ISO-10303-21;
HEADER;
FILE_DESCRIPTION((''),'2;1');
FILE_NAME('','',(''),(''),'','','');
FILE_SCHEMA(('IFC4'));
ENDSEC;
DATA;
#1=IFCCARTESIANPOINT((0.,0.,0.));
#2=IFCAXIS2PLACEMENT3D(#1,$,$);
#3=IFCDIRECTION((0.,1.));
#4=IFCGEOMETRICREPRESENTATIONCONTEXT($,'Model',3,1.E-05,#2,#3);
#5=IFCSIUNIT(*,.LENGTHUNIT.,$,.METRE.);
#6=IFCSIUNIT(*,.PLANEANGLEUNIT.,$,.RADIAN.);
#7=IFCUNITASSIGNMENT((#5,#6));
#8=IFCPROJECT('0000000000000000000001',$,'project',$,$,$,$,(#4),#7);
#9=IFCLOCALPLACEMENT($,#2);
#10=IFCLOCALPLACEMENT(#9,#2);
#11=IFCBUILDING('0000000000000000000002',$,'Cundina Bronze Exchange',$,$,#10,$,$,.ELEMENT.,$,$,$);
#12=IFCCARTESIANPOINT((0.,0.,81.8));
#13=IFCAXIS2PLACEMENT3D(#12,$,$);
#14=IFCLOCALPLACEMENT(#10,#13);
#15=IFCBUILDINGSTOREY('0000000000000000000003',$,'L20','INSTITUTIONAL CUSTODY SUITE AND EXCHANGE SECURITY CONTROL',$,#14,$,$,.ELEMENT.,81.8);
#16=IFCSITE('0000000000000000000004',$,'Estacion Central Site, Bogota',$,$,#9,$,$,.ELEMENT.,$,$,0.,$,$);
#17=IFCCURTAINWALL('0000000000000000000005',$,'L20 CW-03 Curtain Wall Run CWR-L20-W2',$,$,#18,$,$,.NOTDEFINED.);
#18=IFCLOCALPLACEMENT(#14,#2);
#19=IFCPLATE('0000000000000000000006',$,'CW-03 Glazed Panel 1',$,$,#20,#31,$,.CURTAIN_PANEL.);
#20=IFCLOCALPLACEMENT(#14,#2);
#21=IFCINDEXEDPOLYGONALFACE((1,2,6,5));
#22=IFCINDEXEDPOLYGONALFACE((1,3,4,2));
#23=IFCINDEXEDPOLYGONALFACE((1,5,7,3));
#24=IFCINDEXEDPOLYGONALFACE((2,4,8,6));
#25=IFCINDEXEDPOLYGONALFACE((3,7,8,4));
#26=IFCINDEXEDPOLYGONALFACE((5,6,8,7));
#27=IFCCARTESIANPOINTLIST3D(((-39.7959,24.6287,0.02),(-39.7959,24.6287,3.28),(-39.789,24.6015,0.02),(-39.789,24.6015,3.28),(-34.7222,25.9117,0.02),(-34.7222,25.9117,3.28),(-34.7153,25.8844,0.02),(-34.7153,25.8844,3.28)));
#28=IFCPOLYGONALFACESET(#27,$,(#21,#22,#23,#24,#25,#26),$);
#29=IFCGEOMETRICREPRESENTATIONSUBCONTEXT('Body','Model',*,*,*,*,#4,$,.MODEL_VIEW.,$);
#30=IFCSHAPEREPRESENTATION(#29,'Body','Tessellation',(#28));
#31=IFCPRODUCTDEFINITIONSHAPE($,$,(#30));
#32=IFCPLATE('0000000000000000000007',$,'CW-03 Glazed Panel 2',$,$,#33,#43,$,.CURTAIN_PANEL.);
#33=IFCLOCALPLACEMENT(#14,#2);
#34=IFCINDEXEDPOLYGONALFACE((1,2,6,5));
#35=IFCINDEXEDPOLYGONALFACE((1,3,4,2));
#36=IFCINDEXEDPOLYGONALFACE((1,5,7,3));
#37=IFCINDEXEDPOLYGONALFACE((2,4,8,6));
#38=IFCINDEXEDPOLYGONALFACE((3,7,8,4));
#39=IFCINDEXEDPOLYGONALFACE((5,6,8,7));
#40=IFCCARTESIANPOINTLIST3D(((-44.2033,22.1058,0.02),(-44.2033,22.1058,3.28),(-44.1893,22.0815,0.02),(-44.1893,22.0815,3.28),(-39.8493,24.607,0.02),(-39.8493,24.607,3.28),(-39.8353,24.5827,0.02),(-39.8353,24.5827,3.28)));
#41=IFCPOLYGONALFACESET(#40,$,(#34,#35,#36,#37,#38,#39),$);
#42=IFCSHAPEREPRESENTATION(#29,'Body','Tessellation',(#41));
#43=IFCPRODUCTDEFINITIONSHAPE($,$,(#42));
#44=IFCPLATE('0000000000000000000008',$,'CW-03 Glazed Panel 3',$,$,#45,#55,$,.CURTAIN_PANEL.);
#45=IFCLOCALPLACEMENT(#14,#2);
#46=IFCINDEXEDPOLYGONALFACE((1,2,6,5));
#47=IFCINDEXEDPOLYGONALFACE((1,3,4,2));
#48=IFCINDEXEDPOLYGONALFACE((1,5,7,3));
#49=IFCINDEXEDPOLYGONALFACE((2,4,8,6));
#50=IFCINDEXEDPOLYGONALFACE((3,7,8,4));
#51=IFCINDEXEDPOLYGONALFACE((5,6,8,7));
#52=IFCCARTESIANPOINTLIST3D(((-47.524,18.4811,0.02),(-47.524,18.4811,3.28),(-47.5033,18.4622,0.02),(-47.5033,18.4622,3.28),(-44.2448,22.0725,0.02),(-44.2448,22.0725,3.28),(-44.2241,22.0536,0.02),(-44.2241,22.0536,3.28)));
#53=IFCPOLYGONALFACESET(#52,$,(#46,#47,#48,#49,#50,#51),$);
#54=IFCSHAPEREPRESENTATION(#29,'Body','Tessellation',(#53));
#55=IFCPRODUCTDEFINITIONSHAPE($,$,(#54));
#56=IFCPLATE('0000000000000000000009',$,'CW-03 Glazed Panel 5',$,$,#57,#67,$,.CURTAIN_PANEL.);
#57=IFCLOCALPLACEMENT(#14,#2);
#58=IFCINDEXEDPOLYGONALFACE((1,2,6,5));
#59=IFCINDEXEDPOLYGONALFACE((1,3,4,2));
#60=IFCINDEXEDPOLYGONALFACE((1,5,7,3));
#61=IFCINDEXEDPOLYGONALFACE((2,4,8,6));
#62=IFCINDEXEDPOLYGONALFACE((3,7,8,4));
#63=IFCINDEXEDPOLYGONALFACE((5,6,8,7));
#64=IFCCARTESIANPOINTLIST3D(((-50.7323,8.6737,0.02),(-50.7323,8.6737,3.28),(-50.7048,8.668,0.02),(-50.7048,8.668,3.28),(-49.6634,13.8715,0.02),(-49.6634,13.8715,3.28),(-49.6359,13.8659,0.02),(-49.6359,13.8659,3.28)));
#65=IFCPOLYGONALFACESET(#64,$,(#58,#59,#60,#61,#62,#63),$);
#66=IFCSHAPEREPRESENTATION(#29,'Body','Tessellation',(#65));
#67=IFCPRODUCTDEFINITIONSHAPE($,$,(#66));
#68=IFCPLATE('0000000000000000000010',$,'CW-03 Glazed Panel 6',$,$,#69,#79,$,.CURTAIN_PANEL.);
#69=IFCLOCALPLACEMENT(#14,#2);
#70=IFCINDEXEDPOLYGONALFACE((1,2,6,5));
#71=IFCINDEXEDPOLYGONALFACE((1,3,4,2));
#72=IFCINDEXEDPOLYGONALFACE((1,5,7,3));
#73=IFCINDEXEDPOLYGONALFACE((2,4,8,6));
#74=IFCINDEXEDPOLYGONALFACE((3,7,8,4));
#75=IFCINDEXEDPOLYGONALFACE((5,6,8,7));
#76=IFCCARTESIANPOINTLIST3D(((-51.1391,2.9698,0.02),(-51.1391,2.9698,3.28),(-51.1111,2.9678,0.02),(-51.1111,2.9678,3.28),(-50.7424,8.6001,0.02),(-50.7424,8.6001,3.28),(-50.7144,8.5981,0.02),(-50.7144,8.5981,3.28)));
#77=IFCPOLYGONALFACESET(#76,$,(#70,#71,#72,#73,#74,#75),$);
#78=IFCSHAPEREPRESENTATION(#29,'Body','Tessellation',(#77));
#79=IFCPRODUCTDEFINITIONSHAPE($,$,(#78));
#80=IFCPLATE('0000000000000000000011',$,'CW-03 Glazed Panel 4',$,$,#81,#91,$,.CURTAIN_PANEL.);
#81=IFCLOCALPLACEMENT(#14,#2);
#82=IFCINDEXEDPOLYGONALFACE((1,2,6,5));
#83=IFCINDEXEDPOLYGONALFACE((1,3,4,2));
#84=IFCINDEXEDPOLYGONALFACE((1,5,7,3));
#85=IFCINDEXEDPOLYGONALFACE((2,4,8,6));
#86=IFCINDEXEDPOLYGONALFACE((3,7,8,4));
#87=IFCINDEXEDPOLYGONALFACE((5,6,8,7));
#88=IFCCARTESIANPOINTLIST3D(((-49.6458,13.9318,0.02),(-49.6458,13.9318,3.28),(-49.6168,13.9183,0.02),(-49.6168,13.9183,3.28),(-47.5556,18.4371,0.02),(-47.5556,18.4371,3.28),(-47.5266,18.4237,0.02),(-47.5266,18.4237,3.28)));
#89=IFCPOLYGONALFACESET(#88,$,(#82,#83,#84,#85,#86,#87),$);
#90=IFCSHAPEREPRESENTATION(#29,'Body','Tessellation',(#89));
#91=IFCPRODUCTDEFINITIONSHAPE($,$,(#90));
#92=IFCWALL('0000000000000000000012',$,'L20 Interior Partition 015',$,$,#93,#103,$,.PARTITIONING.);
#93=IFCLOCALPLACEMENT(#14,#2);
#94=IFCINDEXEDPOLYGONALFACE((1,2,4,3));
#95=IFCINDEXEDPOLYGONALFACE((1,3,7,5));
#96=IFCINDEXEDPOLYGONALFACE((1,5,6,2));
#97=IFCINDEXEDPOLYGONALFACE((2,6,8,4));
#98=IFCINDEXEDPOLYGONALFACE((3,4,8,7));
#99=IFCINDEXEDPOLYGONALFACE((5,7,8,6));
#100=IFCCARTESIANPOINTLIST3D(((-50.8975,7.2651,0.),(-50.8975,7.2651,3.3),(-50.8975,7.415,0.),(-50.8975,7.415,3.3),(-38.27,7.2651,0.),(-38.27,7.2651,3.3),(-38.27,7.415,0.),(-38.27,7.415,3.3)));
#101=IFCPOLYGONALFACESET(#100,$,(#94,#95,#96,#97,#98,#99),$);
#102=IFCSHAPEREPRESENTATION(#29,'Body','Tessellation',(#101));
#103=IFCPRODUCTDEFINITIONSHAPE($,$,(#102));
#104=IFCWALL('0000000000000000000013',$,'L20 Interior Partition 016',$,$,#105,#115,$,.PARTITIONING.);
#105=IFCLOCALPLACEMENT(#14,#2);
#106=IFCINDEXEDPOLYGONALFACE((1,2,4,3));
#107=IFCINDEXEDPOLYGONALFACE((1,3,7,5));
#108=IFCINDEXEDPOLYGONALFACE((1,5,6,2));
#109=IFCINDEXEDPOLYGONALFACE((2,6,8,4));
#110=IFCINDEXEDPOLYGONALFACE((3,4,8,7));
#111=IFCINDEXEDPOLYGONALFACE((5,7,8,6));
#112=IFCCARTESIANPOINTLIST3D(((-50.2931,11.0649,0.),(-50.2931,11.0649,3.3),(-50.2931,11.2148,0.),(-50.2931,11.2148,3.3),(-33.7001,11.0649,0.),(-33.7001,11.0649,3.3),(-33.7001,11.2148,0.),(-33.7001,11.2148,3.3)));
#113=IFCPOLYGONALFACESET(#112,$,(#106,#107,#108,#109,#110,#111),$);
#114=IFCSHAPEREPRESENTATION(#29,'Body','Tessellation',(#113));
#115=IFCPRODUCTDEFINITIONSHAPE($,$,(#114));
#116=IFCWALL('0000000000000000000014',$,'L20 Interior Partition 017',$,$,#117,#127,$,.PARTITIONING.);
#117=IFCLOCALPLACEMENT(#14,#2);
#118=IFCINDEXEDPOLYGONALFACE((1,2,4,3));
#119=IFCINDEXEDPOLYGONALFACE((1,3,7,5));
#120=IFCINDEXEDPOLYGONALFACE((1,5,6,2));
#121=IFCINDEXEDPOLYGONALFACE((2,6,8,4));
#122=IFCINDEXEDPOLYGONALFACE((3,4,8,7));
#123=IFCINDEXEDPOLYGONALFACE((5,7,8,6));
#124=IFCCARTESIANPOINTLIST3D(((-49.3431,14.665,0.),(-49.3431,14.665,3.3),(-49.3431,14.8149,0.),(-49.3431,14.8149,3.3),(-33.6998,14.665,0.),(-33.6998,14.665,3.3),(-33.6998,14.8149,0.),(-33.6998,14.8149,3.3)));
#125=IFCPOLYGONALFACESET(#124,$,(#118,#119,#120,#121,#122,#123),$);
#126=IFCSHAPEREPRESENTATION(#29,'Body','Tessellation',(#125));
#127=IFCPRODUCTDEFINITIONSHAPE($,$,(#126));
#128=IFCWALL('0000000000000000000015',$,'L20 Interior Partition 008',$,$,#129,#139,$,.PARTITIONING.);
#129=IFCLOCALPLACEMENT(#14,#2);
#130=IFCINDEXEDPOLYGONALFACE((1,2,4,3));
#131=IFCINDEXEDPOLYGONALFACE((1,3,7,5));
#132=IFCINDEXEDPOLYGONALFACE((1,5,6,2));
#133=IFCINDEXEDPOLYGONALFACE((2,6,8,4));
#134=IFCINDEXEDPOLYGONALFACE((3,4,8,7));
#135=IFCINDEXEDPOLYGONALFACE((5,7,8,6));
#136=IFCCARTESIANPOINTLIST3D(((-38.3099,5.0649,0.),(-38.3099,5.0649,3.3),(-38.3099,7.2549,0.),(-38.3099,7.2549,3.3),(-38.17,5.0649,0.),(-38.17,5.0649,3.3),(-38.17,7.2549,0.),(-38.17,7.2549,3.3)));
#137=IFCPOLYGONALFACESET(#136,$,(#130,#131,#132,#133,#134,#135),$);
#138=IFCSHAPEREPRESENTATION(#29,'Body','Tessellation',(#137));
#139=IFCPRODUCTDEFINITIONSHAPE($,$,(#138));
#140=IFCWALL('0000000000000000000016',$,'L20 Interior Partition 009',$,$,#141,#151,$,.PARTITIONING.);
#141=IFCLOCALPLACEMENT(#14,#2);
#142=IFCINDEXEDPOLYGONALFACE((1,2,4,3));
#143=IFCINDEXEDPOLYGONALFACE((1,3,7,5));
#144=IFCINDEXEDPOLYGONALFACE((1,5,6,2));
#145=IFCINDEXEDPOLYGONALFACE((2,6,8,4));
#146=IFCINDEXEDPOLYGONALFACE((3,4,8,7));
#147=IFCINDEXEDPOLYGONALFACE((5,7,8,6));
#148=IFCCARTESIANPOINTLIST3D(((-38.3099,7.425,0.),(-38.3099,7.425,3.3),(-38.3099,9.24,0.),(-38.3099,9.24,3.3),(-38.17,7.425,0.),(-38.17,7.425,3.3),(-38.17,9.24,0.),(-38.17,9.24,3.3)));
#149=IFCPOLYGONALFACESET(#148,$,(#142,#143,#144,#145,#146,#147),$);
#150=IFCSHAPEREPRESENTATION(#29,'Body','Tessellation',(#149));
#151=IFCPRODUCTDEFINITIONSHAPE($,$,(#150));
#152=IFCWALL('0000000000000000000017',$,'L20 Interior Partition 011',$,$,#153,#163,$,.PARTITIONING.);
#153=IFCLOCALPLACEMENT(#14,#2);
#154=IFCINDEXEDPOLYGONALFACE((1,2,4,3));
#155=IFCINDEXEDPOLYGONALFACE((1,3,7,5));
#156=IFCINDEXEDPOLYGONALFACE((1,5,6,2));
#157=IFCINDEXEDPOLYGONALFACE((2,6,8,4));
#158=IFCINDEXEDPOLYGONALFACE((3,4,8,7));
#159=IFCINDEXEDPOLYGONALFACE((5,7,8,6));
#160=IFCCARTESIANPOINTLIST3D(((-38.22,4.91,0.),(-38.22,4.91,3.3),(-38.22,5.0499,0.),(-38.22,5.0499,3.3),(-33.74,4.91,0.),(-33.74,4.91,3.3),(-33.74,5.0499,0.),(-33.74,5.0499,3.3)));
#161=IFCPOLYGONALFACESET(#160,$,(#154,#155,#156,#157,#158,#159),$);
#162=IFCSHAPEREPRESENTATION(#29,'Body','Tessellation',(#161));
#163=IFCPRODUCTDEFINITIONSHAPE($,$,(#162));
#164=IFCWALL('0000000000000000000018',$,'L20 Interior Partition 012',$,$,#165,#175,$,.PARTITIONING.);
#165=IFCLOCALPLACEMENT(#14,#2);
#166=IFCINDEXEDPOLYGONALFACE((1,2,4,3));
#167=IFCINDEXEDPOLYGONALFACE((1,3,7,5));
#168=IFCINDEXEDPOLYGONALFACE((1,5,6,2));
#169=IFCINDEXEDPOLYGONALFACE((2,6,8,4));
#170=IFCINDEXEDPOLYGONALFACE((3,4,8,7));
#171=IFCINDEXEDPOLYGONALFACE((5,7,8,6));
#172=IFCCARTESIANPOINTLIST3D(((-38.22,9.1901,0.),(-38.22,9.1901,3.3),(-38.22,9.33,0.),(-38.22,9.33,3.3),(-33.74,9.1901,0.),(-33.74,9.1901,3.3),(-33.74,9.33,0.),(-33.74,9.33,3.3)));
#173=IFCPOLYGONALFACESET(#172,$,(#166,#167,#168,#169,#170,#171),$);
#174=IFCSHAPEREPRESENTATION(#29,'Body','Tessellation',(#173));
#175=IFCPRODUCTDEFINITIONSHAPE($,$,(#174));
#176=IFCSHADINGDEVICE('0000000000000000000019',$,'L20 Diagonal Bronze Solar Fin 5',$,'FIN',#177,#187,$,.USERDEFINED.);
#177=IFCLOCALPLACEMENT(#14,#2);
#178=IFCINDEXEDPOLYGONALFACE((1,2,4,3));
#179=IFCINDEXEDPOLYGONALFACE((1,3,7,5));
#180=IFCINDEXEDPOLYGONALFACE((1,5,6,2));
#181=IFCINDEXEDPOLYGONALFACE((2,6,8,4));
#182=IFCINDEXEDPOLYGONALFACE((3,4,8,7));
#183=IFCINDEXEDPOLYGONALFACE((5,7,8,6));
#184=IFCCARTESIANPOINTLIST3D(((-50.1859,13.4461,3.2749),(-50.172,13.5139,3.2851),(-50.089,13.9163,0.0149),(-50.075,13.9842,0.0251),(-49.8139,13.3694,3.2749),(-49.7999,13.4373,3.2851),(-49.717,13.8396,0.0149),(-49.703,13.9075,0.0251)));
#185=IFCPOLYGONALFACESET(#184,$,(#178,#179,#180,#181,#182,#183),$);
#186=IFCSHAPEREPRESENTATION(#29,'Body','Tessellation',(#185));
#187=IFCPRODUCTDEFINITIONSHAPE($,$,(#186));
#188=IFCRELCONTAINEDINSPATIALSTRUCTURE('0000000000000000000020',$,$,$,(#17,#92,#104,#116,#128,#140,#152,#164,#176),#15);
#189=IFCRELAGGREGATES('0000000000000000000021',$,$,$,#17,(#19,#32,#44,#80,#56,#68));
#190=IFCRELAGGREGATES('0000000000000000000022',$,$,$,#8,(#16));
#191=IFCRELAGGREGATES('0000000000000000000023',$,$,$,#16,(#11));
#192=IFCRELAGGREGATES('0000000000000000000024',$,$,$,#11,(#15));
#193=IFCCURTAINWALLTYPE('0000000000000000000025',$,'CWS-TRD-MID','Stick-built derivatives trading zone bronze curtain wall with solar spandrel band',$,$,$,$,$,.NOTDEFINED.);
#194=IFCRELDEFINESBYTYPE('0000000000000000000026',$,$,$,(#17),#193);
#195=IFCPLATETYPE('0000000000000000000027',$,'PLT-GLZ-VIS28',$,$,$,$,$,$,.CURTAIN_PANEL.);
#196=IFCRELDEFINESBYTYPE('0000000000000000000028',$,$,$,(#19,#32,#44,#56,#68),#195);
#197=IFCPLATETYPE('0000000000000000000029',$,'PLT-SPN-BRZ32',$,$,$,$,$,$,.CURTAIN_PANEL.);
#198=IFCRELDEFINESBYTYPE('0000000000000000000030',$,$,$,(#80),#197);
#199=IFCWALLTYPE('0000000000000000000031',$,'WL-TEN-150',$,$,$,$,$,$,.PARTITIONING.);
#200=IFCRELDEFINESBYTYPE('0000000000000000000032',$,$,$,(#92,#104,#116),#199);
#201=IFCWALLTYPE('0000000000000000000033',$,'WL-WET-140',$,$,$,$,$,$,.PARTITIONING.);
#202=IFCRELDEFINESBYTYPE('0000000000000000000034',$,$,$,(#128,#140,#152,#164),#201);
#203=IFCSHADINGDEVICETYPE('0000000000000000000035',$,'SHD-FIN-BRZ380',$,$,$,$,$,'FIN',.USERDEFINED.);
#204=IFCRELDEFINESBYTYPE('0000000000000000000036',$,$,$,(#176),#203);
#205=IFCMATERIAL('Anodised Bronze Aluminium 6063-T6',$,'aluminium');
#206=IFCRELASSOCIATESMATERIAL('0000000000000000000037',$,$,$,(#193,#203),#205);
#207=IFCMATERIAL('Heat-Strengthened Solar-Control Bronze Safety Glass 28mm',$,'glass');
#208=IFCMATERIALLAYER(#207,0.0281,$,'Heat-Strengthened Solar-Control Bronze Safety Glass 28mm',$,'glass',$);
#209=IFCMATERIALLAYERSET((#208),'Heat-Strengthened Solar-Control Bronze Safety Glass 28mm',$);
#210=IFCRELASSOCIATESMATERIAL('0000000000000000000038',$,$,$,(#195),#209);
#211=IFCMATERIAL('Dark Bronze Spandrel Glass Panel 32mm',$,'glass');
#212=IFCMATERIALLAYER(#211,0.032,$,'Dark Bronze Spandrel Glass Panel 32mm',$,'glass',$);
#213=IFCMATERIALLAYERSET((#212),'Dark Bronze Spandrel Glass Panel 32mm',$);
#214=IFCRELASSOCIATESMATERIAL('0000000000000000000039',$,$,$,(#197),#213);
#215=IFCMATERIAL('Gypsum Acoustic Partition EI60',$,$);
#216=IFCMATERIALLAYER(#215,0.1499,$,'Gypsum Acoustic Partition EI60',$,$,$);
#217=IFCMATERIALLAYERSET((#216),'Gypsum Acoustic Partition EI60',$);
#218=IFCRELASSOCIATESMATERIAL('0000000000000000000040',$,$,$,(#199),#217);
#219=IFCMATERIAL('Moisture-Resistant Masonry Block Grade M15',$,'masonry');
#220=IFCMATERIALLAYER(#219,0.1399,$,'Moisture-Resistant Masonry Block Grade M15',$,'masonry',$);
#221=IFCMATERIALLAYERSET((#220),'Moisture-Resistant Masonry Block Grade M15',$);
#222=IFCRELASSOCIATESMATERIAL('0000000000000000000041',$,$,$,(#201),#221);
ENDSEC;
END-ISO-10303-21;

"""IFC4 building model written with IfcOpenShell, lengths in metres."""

from ifc_helpers import new_model, si_unit, direction, frame, frame_2d, origin, origin_2d, place, context, subcontext, project, spatial, rectangle, extrude, material, layer, layer_set, material_profile, profile_set, type_object, element, aggregate, save


model = new_model("IFC4")

# Units and contexts
model_context = context("Model", 3, precision=1e-05, world=origin(), true_north=direction((0.0, 1.0)))
body_context = subcontext(model_context, "Body", "Model", "MODEL_VIEW")
ifc_project = project(units=[si_unit("LENGTHUNIT", "METRE"), si_unit("PLANEANGLEUNIT", "RADIAN")], contexts=[model_context])

# Site, building, storey
site_placement = place(None, origin())
site = spatial("IfcSite", under=ifc_project, at=site_placement, Name="Estacion Central Site, Bogota", CompositionType="ELEMENT", RefElevation=0.0)
building_placement = place(site_placement, origin())
building = spatial("IfcBuilding", under=site, at=building_placement, Name="Cundina Bronze Exchange", CompositionType="ELEMENT")
storey_placement = place(building_placement, frame((0.0, 0.0, 81.8)))
storey = spatial("IfcBuildingStorey", under=building, at=storey_placement, Name="L20", Description="INSTITUTIONAL CUSTODY SUITE AND EXCHANGE SECURITY CONTROL", CompositionType="ELEMENT", Elevation=81.8)

# Curtain wall, plates
ifc_material_1 = material(Name="Anodised Bronze Aluminium 6063-T6", Category="aluminium")
curtain_wall_type = type_object("IfcCurtainWallType", Name="CWS-TRD-MID", Description="Stick-built derivatives trading zone bronze curtain wall with solar spandrel band", PredefinedType="NOTDEFINED", material=ifc_material_1)
curtain_wall_placement = place(storey_placement, origin())
curtain_wall = element("IfcCurtainWall", 1, at=curtain_wall_placement, inside=storey, type_object=curtain_wall_type, Name="L20 CW-03 Curtain Wall Run CWR-L20-W2", PredefinedType="NOTDEFINED")
ifc_material_2 = material(Name="Heat-Strengthened Solar-Control Bronze Safety Glass 28mm", Category="glass")
ifc_layer_1 = layer(ifc_material_2, 0.0281, Name="Heat-Strengthened Solar-Control Bronze Safety Glass 28mm", Category="glass")
ifc_layer_set_1 = layer_set([ifc_layer_1], Name="Heat-Strengthened Solar-Control Bronze Safety Glass 28mm")
plate_type_1 = type_object("IfcPlateType", Name="PLT-GLZ-VIS28", PredefinedType="CURTAIN_PANEL", material=ifc_layer_set_1)
plate_1_placement = place(storey_placement, frame((-37.2556, 25.2566, 0.02), z_axis=(0.0, 0.0, 1.0), x_axis=(-0.969488, -0.245138, 0.0)))
plate_1 = element("IfcPlate", 2, at=plate_1_placement, type_object=plate_type_1, Name="CW-03 Glazed Panel 1", PredefinedType="CURTAIN_PANEL", context=body_context, shape_type="SweptSolid", body=[
    extrude(rectangle(XDim=5.2334, YDim=0.0281, at=origin_2d()), origin(), (0.0, 0.0, 1.0), 3.26),
])
plate_2_placement = place(storey_placement, frame((-42.0193, 23.3442, 0.02), z_axis=(0.0, 0.0, 1.0), x_axis=(-0.867105, -0.498125, 0.0)))
plate_2 = element("IfcPlate", 3, at=plate_2_placement, type_object=plate_type_1, Name="CW-03 Glazed Panel 2", PredefinedType="CURTAIN_PANEL", context=body_context, shape_type="SweptSolid", body=[
    extrude(rectangle(XDim=5.0212, YDim=0.0281, at=origin_2d()), origin(), (0.0, 0.0, 1.0), 3.26),
])
plate_3_placement = place(storey_placement, frame((-45.874, 20.2673, 0.02), z_axis=(0.0, 0.0, 1.0), x_axis=(-0.674277, -0.738479, 0.0)))
plate_3 = element("IfcPlate", 4, at=plate_3_placement, type_object=plate_type_1, Name="CW-03 Glazed Panel 3", PredefinedType="CURTAIN_PANEL", context=body_context, shape_type="SweptSolid", body=[
    extrude(rectangle(XDim=4.8633, YDim=0.0281, at=origin_2d()), origin(), (0.0, 0.0, 1.0), 3.26),
])
plate_4_placement = place(storey_placement, frame((-50.1841, 11.2698, 0.02), z_axis=(0.0, 0.0, 1.0), x_axis=(-0.20142, -0.979505, 0.0)))
plate_4 = element("IfcPlate", 5, at=plate_4_placement, type_object=plate_type_1, Name="CW-03 Glazed Panel 5", PredefinedType="CURTAIN_PANEL", context=body_context, shape_type="SweptSolid", body=[
    extrude(rectangle(XDim=5.3066, YDim=0.0281, at=origin_2d()), origin(), (0.0, 0.0, 1.0), 3.26),
])
plate_5_placement = place(storey_placement, frame((-50.9268, 5.7839, 0.02), z_axis=(0.0, 0.0, 1.0), x_axis=(-0.070279, -0.997527, 0.0)))
plate_5 = element("IfcPlate", 6, at=plate_5_placement, type_object=plate_type_1, Name="CW-03 Glazed Panel 6", PredefinedType="CURTAIN_PANEL", context=body_context, shape_type="SweptSolid", body=[
    extrude(rectangle(XDim=5.6443, YDim=0.0281, at=origin_2d()), origin(), (0.0, 0.0, 1.0), 3.26),
])
ifc_material_3 = material(Name="Dark Bronze Spandrel Glass Panel 32mm", Category="glass")
ifc_layer_2 = layer(ifc_material_3, 0.032, Name="Dark Bronze Spandrel Glass Panel 32mm", Category="glass")
ifc_layer_set_2 = layer_set([ifc_layer_2], Name="Dark Bronze Spandrel Glass Panel 32mm")
plate_type_2 = type_object("IfcPlateType", Name="PLT-SPN-BRZ32", PredefinedType="CURTAIN_PANEL", material=ifc_layer_set_2)
plate_6_placement = place(storey_placement, frame((-48.5862, 16.1777, 0.02), z_axis=(0.0, 0.0, 1.0), x_axis=(-0.420846, -0.907132, 0.0)))
plate_6 = element("IfcPlate", 7, at=plate_6_placement, type_object=plate_type_2, Name="CW-03 Glazed Panel 4", PredefinedType="CURTAIN_PANEL", context=body_context, shape_type="SweptSolid", body=[
    extrude(rectangle(XDim=4.9666, YDim=0.032, at=origin_2d()), origin(), (0.0, 0.0, 1.0), 3.26),
])
aggregate(curtain_wall, [plate_1, plate_2, plate_3, plate_6, plate_4, plate_5])

# Walls
ifc_material_4 = material(Name="Gypsum Acoustic Partition EI60")
ifc_layer_3 = layer(ifc_material_4, 0.1499, Name="Gypsum Acoustic Partition EI60")
ifc_layer_set_3 = layer_set([ifc_layer_3], Name="Gypsum Acoustic Partition EI60")
wall_type_1 = type_object("IfcWallType", Name="WL-TEN-150", PredefinedType="PARTITIONING", material=ifc_layer_set_3)
wall_1_placement = place(storey_placement, frame((-50.8975, 7.3401, 0.0), z_axis=(0.0, 0.0, 1.0), x_axis=(1.0, 0.0, 0.0)))
element("IfcWall", 8, at=wall_1_placement, inside=storey, type_object=wall_type_1, Name="L20 Interior Partition 015", PredefinedType="PARTITIONING", context=body_context, shape_type="SweptSolid", body=[
    extrude(rectangle(XDim=12.6274, YDim=0.1499, at=frame_2d((6.3137, 0.0))), origin(), (0.0, 0.0, 1.0), 3.3),
])
wall_2_placement = place(storey_placement, frame((-50.293, 11.1399, 0.0), z_axis=(0.0, 0.0, 1.0), x_axis=(1.0, 0.0, 0.0)))
element("IfcWall", 9, at=wall_2_placement, inside=storey, type_object=wall_type_1, Name="L20 Interior Partition 016", PredefinedType="PARTITIONING", context=body_context, shape_type="SweptSolid", body=[
    extrude(rectangle(XDim=16.593, YDim=0.1499, at=frame_2d((8.2964, 0.0))), origin(), (0.0, 0.0, 1.0), 3.3),
])
wall_3_placement = place(storey_placement, frame((-49.3433, 14.74, 0.0), z_axis=(0.0, 0.0, 1.0), x_axis=(1.0, 0.0, 0.0)))
element("IfcWall", 10, at=wall_3_placement, inside=storey, type_object=wall_type_1, Name="L20 Interior Partition 017", PredefinedType="PARTITIONING", context=body_context, shape_type="SweptSolid", body=[
    extrude(rectangle(XDim=15.6433, YDim=0.1499, at=frame_2d((7.8218, 0.0))), origin(), (0.0, 0.0, 1.0), 3.3),
])
ifc_material_5 = material(Name="Moisture-Resistant Masonry Block Grade M15", Category="masonry")
ifc_layer_4 = layer(ifc_material_5, 0.1399, Name="Moisture-Resistant Masonry Block Grade M15", Category="masonry")
ifc_layer_set_4 = layer_set([ifc_layer_4], Name="Moisture-Resistant Masonry Block Grade M15")
wall_type_2 = type_object("IfcWallType", Name="WL-WET-140", PredefinedType="PARTITIONING", material=ifc_layer_set_4)
wall_4_placement = place(storey_placement, frame((-38.24, 5.0649, 0.0), z_axis=(0.0, 0.0, 1.0), x_axis=(0.0, 1.0, 0.0)))
element("IfcWall", 11, at=wall_4_placement, inside=storey, type_object=wall_type_2, Name="L20 Interior Partition 008", PredefinedType="PARTITIONING", context=body_context, shape_type="SweptSolid", body=[
    extrude(rectangle(XDim=2.1899, YDim=0.1399, at=frame_2d((1.095, 0.0))), origin(), (0.0, 0.0, 1.0), 3.3),
])
wall_5_placement = place(storey_placement, frame((-38.24, 7.425, 0.0), z_axis=(0.0, 0.0, 1.0), x_axis=(0.0, 1.0, 0.0)))
element("IfcWall", 12, at=wall_5_placement, inside=storey, type_object=wall_type_2, Name="L20 Interior Partition 009", PredefinedType="PARTITIONING", context=body_context, shape_type="SweptSolid", body=[
    extrude(rectangle(XDim=1.8149, YDim=0.1399, at=frame_2d((0.9075, 0.0))), origin(), (0.0, 0.0, 1.0), 3.3),
])
for number, where, z_axis, x_axis, name in (
    (13, (-38.22, 4.98, 0.0), (0.0, 0.0, 1.0), (1.0, 0.0, 0.0), "L20 Interior Partition 011"),
    (14, (-38.22, 9.26, 0.0), (0.0, 0.0, 1.0), (1.0, 0.0, 0.0), "L20 Interior Partition 012"),
):
    element("IfcWall", number, at=place(storey_placement, frame(where, z_axis=z_axis, x_axis=x_axis)), inside=storey, type_object=wall_type_2, Name=name, PredefinedType="PARTITIONING", context=body_context, shape_type="SweptSolid", body=[
        extrude(rectangle(XDim=4.48, YDim=0.1399, at=frame_2d((2.24, 0.0))), origin(), (0.0, 0.0, 1.0), 3.3),
    ])

# Shading device
ifc_material_profile_1 = material_profile(ifc_material_1, rectangle(XDim=0.0701, YDim=0.3799, at=origin_2d()), Name="FIN70X380", Category="aluminium")
ifc_profile_set_1 = profile_set([ifc_material_profile_1], Name="Anodised Bronze Aluminium 6063-T6")
shading_device_type = type_object("IfcShadingDeviceType", Name="SHD-FIN-BRZ380", ElementType="FIN", PredefinedType="USERDEFINED", material=ifc_profile_set_1)
shading_device_placement = place(storey_placement, frame((-49.896, 13.9119, 0.02), z_axis=(-0.029414, -0.142698, 0.989329), x_axis=(0.199728, 0.968959, 0.145698)))
element("IfcShadingDevice", 15, at=shading_device_placement, inside=storey, type_object=shading_device_type, Name="L20 Diagonal Bronze Solar Fin 5", ObjectType="FIN", PredefinedType="USERDEFINED", context=body_context, shape_type="SweptSolid", body=[
    extrude(rectangle(XDim=0.0701, YDim=0.3799, at=origin_2d()), origin(), (0.0, 0.0, 1.0), 3.2952),
])

save(model, "model.ifc")
